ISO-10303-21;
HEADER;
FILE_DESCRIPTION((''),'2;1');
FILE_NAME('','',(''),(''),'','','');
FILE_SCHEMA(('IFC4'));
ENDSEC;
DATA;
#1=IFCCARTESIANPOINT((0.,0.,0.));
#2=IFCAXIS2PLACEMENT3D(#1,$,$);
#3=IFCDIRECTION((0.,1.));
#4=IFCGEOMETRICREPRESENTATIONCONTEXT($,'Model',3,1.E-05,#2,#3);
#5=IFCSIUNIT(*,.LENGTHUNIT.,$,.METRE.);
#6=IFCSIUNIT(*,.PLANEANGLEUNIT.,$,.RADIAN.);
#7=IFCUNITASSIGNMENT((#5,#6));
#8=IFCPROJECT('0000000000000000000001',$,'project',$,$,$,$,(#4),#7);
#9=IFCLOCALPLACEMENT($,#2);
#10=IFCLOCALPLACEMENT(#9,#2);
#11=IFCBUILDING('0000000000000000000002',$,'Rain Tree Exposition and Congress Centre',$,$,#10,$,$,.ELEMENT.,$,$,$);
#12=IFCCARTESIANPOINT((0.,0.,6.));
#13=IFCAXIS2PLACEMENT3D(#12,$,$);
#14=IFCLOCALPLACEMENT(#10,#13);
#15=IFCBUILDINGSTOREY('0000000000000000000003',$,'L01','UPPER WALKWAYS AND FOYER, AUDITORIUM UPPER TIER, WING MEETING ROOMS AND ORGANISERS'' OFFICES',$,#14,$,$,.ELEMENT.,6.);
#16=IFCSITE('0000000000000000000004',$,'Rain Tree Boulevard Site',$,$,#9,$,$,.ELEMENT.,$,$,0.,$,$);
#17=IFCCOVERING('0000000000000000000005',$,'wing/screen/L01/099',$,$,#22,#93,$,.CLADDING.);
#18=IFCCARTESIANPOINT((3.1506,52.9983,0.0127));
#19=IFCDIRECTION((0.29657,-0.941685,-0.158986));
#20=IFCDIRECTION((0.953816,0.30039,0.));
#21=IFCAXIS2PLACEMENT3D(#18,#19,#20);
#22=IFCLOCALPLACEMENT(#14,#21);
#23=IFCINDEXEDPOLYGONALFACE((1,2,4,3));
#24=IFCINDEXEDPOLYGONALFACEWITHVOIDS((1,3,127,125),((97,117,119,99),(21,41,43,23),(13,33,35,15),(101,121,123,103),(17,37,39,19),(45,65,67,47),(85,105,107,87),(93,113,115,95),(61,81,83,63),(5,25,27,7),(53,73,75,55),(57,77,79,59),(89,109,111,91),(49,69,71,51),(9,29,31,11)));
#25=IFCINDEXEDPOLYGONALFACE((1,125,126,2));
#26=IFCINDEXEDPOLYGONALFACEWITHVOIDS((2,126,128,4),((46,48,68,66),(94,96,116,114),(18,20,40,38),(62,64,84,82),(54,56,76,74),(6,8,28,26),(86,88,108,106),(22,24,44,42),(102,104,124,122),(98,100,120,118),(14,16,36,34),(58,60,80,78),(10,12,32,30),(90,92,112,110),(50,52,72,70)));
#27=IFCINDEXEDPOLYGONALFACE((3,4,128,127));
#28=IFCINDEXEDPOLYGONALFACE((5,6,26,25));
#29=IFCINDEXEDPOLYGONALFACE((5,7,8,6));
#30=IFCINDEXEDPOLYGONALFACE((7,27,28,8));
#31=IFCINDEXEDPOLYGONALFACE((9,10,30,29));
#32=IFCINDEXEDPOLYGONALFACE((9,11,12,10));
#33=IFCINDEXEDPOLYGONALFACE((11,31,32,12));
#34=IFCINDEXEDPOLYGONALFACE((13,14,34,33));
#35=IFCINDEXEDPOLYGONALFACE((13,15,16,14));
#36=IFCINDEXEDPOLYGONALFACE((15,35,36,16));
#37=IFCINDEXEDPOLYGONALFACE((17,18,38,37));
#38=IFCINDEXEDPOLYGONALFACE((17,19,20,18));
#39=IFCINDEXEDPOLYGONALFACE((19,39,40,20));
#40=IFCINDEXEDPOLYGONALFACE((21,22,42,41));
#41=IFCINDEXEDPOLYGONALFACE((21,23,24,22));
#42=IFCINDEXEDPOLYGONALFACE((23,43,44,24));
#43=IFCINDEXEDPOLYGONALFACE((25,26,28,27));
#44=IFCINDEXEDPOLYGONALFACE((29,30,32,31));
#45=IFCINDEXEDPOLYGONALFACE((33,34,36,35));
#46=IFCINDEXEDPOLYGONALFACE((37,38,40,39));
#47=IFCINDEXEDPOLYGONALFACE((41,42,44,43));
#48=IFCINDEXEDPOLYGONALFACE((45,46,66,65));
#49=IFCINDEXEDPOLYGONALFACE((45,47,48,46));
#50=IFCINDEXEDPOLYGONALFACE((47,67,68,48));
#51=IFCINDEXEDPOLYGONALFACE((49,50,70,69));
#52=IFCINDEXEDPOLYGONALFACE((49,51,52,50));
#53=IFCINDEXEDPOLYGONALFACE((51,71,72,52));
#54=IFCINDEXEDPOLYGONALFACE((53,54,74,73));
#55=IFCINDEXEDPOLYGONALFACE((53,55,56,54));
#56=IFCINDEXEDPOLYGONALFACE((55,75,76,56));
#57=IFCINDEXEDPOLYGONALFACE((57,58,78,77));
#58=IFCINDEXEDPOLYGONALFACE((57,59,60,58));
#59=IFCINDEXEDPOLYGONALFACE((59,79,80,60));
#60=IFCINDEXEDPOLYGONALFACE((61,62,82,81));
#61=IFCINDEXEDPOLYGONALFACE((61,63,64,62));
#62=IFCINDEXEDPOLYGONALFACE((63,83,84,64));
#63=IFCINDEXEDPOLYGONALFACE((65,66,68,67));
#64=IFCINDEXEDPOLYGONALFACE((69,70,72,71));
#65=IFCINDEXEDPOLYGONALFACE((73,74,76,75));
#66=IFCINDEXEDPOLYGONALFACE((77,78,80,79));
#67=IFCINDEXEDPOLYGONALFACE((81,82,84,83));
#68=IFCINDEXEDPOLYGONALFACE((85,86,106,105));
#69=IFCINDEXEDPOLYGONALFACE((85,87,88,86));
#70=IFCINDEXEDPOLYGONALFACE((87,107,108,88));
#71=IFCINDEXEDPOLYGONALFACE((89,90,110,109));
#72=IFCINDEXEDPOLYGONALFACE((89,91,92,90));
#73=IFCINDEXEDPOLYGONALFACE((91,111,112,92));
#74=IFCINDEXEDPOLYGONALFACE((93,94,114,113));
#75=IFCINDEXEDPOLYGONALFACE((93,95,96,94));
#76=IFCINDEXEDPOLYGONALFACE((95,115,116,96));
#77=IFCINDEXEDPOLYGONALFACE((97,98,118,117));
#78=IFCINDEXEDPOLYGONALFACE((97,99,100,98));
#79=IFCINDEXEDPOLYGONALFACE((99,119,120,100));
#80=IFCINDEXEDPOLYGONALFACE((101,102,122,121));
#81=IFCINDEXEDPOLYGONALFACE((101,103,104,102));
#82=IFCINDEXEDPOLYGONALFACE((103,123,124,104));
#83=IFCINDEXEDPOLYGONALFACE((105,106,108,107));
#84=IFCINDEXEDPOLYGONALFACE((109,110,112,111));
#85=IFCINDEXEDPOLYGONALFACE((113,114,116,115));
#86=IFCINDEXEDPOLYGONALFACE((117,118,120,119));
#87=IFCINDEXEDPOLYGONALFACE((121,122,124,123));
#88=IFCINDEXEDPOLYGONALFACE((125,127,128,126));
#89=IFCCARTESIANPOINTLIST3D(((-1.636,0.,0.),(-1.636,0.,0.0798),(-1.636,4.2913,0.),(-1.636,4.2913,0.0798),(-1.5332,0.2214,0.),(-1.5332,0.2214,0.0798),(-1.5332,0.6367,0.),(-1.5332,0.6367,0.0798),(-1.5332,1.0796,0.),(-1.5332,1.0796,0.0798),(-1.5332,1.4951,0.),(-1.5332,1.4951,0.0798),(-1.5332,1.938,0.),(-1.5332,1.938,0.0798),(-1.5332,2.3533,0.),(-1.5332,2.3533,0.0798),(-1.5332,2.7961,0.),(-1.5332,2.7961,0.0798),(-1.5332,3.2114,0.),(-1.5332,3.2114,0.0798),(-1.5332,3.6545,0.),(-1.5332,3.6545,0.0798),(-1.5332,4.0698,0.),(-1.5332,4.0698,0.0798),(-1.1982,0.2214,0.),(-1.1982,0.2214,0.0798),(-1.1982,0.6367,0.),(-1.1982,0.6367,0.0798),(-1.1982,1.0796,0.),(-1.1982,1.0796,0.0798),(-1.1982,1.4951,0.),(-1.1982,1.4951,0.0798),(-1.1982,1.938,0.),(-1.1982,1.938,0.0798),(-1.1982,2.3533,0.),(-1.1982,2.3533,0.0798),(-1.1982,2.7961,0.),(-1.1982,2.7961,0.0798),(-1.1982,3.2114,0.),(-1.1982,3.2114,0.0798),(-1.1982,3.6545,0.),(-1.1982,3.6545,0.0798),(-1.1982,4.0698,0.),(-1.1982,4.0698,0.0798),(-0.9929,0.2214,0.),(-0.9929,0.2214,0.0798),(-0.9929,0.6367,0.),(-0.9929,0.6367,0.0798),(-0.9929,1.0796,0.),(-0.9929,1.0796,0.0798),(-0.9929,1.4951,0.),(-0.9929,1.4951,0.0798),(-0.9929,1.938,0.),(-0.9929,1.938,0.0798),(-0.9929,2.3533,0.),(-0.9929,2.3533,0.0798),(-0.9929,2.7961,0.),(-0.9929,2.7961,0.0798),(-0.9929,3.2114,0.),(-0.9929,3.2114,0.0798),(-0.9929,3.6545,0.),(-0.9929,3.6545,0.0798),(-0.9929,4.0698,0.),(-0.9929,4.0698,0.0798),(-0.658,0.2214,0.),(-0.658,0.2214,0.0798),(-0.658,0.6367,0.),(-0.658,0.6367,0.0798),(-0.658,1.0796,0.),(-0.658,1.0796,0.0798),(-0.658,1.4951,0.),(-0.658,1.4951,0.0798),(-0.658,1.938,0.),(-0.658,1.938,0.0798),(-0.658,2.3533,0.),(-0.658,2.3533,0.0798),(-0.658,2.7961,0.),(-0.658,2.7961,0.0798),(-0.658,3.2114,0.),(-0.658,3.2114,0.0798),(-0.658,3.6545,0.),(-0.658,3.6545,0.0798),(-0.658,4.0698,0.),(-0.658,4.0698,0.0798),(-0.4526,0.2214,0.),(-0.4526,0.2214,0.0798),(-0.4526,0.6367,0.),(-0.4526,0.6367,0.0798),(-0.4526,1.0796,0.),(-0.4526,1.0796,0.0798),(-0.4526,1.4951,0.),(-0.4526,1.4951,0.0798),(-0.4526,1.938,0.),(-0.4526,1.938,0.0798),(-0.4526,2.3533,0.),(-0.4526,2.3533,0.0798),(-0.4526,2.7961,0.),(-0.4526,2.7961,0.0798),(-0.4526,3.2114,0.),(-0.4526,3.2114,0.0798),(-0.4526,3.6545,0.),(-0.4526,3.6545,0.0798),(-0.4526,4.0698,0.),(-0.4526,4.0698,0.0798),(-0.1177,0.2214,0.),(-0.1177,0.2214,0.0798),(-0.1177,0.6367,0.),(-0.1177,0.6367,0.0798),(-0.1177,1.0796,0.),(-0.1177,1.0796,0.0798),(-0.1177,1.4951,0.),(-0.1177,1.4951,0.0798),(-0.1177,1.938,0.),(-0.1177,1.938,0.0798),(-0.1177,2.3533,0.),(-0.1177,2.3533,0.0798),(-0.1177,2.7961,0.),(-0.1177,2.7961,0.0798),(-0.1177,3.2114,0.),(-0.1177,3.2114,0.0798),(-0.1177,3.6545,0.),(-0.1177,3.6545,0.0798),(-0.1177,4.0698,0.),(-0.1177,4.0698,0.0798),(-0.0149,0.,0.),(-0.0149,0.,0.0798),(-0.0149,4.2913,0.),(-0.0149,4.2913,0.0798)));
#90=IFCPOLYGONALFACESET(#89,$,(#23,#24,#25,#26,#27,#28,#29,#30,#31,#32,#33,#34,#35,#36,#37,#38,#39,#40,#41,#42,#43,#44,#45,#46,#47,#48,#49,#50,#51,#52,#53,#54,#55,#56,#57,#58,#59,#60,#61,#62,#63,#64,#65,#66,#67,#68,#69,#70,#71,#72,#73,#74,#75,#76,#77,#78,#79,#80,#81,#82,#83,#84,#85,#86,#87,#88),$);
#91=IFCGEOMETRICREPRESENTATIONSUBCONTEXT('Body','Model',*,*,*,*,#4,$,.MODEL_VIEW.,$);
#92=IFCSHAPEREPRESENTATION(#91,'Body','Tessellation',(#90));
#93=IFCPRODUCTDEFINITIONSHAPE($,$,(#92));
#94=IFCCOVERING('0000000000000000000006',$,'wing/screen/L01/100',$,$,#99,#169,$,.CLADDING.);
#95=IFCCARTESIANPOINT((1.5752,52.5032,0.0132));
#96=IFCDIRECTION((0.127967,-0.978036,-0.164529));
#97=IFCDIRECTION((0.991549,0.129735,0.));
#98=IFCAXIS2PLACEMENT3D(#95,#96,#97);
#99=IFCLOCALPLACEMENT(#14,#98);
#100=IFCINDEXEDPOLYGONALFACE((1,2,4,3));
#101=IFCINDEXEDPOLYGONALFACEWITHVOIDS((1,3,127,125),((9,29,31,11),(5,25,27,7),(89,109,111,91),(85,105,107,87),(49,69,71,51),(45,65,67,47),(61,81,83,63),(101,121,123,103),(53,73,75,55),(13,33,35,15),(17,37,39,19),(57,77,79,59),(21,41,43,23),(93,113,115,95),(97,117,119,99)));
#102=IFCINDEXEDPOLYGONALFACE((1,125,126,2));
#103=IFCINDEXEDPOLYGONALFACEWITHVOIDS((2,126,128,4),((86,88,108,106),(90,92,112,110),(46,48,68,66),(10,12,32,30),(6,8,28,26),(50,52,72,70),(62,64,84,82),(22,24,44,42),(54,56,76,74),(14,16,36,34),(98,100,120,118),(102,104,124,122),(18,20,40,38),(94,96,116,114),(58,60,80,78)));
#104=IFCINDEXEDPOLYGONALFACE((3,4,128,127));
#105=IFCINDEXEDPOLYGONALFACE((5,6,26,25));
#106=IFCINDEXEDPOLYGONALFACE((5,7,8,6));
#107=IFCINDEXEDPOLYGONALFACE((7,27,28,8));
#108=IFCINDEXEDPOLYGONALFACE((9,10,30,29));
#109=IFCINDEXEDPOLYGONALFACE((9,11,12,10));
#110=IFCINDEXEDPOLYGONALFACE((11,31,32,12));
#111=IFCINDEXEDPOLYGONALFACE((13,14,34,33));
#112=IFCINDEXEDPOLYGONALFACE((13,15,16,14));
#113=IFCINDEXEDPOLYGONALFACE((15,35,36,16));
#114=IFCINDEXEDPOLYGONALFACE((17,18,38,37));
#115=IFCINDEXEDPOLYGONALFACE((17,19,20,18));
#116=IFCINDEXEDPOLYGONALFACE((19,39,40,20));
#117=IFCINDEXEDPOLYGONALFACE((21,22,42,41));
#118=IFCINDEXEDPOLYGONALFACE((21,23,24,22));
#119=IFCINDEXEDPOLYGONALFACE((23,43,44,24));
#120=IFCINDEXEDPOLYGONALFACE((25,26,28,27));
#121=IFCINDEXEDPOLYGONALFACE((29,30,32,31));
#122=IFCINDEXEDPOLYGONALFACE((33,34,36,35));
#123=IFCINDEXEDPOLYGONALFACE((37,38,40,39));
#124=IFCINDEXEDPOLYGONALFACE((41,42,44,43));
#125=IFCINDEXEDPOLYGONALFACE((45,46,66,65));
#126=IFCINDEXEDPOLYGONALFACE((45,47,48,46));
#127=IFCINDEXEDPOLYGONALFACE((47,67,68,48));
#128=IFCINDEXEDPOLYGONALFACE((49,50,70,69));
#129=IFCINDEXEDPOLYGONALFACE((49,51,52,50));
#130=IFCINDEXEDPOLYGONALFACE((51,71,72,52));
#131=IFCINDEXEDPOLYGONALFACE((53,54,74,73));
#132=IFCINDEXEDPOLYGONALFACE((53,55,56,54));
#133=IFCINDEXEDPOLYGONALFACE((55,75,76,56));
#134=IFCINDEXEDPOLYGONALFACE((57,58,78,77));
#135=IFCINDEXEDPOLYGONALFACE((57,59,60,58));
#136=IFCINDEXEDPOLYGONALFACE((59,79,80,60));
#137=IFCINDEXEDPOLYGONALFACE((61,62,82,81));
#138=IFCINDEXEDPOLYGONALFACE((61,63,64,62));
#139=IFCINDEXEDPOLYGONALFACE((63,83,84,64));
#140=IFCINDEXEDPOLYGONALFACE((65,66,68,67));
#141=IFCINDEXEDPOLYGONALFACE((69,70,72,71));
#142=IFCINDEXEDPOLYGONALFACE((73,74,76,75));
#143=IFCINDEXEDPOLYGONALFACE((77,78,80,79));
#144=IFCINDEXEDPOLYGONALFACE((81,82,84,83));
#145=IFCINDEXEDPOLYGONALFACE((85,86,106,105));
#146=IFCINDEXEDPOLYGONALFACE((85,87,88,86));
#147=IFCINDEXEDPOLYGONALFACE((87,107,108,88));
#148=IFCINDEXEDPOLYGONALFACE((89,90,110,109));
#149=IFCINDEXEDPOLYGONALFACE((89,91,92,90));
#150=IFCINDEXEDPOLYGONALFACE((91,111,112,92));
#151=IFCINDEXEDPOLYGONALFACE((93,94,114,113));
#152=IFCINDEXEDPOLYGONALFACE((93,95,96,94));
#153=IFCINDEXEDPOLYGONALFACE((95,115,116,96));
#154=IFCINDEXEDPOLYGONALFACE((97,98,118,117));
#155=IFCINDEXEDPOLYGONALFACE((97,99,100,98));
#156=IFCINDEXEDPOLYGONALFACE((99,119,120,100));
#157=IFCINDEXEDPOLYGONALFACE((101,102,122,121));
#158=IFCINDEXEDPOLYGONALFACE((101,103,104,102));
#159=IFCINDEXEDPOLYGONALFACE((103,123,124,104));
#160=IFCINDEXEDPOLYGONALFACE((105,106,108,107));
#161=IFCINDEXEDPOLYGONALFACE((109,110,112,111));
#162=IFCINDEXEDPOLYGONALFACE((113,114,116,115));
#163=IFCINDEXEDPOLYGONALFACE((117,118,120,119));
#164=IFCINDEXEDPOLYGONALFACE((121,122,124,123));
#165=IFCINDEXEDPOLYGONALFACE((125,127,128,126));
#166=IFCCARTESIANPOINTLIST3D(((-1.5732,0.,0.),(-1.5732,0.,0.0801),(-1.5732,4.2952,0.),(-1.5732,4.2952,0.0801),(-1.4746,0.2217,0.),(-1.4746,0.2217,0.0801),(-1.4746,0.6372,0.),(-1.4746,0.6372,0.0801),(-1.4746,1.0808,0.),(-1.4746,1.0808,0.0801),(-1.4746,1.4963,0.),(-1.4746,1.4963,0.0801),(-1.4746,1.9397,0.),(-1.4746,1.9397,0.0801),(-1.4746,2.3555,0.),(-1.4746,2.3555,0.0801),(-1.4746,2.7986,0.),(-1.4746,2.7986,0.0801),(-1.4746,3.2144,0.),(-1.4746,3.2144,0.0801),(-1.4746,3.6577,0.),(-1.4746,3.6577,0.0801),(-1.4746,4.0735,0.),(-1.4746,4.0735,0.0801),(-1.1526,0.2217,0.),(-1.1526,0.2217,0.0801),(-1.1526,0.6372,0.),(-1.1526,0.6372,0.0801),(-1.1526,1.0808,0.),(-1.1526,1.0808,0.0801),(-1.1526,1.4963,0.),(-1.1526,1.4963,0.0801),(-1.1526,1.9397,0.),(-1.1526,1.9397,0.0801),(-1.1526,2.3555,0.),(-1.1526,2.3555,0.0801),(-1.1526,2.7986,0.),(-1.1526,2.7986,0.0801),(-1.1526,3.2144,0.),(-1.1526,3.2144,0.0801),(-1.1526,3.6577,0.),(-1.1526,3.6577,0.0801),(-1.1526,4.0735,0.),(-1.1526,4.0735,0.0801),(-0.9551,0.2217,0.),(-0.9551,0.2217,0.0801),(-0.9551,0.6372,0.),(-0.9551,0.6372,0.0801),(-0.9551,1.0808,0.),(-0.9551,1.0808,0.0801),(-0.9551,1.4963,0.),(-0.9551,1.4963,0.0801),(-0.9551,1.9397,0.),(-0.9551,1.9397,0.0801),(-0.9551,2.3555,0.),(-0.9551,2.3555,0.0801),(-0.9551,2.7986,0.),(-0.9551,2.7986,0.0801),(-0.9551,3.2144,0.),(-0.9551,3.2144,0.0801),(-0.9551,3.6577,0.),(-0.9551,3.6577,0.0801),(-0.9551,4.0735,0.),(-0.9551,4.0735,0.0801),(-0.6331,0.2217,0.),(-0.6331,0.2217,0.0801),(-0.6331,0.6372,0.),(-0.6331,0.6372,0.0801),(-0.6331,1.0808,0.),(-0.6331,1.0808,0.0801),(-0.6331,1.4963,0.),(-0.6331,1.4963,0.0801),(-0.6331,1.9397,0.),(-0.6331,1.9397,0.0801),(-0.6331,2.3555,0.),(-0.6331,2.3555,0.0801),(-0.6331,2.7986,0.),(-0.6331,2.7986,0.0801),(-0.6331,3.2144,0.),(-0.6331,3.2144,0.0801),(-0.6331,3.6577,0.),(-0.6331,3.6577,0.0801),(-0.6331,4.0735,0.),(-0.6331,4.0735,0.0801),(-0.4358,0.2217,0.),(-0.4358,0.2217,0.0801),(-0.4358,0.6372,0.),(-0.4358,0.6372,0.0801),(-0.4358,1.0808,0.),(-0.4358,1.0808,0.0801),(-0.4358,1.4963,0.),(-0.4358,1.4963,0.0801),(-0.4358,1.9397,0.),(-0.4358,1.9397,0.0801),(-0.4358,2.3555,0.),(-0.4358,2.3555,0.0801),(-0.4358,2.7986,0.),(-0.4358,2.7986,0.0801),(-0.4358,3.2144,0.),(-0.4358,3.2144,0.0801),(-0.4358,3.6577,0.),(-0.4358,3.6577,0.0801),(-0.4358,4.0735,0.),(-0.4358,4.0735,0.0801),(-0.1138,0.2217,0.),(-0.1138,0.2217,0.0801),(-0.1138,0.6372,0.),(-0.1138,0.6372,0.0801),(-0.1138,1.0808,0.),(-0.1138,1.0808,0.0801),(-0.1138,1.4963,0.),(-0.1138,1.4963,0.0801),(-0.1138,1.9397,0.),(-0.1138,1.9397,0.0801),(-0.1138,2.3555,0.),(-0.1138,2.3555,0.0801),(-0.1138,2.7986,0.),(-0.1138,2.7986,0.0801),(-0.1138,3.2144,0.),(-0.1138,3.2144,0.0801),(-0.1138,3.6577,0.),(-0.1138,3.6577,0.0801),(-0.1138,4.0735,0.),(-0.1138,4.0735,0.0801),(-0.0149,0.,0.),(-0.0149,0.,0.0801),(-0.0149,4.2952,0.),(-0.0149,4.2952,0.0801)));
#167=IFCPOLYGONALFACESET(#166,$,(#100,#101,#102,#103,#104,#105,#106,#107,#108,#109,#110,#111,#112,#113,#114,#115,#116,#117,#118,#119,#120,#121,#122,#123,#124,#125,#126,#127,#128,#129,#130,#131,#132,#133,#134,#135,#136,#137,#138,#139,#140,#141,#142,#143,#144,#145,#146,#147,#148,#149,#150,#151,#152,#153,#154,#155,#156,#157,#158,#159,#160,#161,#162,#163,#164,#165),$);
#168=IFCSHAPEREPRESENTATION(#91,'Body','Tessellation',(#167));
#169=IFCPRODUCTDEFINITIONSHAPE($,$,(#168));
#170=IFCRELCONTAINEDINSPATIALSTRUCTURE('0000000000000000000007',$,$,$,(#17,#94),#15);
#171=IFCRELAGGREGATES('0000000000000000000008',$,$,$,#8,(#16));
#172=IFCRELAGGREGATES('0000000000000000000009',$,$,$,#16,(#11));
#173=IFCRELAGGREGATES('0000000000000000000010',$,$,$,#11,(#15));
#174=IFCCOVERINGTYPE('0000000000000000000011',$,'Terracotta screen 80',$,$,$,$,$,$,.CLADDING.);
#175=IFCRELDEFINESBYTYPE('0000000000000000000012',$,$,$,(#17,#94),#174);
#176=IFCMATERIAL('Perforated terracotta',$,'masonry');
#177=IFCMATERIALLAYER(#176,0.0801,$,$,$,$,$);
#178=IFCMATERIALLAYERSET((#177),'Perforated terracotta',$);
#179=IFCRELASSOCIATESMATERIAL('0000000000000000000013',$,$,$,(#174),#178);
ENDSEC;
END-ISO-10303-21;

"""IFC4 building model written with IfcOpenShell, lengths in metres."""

from ifc_helpers import new_model, si_unit, direction, frame, origin, place, context, subcontext, project, spatial, polyline, outline, extrude, material, layer, layer_set, type_object, element, save


model = new_model("IFC4")

# Units and contexts
model_context = context("Model", 3, precision=1e-05, world=origin(), true_north=direction((0.0, 1.0)))
body_context = subcontext(model_context, "Body", "Model", "MODEL_VIEW")
ifc_project = project(units=[si_unit("LENGTHUNIT", "METRE"), si_unit("PLANEANGLEUNIT", "RADIAN")], contexts=[model_context])

# Site, building, storey
site_placement = place(None, origin())
site = spatial("IfcSite", under=ifc_project, at=site_placement, Name="Rain Tree Boulevard Site", CompositionType="ELEMENT", RefElevation=0.0)
building_placement = place(site_placement, origin())
building = spatial("IfcBuilding", under=site, at=building_placement, Name="Rain Tree Exposition and Congress Centre", CompositionType="ELEMENT")
storey_placement = place(building_placement, frame((0.0, 0.0, 6.0)))
storey = spatial("IfcBuildingStorey", under=building, at=storey_placement, Name="L01", Description="UPPER WALKWAYS AND FOYER, AUDITORIUM UPPER TIER, WING MEETING ROOMS AND ORGANISERS' OFFICES", CompositionType="ELEMENT", Elevation=6.0)

# Coverings
ifc_material_1 = material(Name="Perforated terracotta", Category="masonry")
ifc_layer = layer(ifc_material_1, 0.0801)
ifc_layer_set = layer_set([ifc_layer], Name="Perforated terracotta")
covering_type = type_object("IfcCoveringType", Name="Terracotta screen 80", PredefinedType="CLADDING", material=ifc_layer_set)
covering_1_placement = place(storey_placement, frame((3.1506, 52.9983, 0.0127), z_axis=(0.29657, -0.941685, -0.158986), x_axis=(0.953816, 0.30039, 0.0)))
element("IfcCovering", 1, at=covering_1_placement, inside=storey, type_object=covering_type, Name="wing/screen/L01/099", PredefinedType="CLADDING", context=body_context, shape_type="SweptSolid", body=[
    extrude(outline(polyline([(-1.636, 0.0), (-1.636, 4.2913), (-0.0149, 4.2913), (-0.0149, 0.0), (-1.636, 0.0)]), holes=[polyline([(-0.1177, 0.2214), (-0.1177, 0.6367), (-0.4526, 0.6367), (-0.4526, 0.2214), (-0.1177, 0.2214)]), polyline([(-0.1177, 1.0796), (-0.1177, 1.4951), (-0.4526, 1.4951), (-0.4526, 1.0796), (-0.1177, 1.0796)]), polyline([(-0.1177, 1.938), (-0.1177, 2.3533), (-0.4526, 2.3533), (-0.4526, 1.938), (-0.1177, 1.938)]), polyline([(-0.1177, 2.7961), (-0.1177, 3.2114), (-0.4526, 3.2114), (-0.4526, 2.7961), (-0.1177, 2.7961)]), polyline([(-0.1177, 3.6545), (-0.1177, 4.0698), (-0.4526, 4.0698), (-0.4526, 3.6545), (-0.1177, 3.6545)]), polyline([(-0.658, 0.2214), (-0.658, 0.6367), (-0.9929, 0.6367), (-0.9929, 0.2214), (-0.658, 0.2214)]), polyline([(-0.658, 1.0796), (-0.658, 1.4951), (-0.9929, 1.4951), (-0.9929, 1.0796), (-0.658, 1.0796)]), polyline([(-0.658, 1.938), (-0.658, 2.3533), (-0.9929, 2.3533), (-0.9929, 1.938), (-0.658, 1.938)]), polyline([(-0.658, 2.7961), (-0.658, 3.2114), (-0.9929, 3.2114), (-0.9929, 2.7961), (-0.658, 2.7961)]), polyline([(-0.658, 3.6545), (-0.658, 4.0698), (-0.9929, 4.0698), (-0.9929, 3.6545), (-0.658, 3.6545)]), polyline([(-1.1982, 0.2214), (-1.1982, 0.6367), (-1.5332, 0.6367), (-1.5332, 0.2214), (-1.1982, 0.2214)]), polyline([(-1.1982, 1.0796), (-1.1982, 1.4951), (-1.5332, 1.4951), (-1.5332, 1.0796), (-1.1982, 1.0796)]), polyline([(-1.1982, 1.938), (-1.1982, 2.3533), (-1.5332, 2.3533), (-1.5332, 1.938), (-1.1982, 1.938)]), polyline([(-1.1982, 2.7961), (-1.1982, 3.2114), (-1.5332, 3.2114), (-1.5332, 2.7961), (-1.1982, 2.7961)]), polyline([(-1.1982, 3.6545), (-1.1982, 4.0698), (-1.5332, 4.0698), (-1.5332, 3.6545), (-1.1982, 3.6545)])]), origin(), (0.0, 0.0, 1.0), 0.0798),
])
covering_2_placement = place(storey_placement, frame((1.5752, 52.5032, 0.0132), z_axis=(0.127967, -0.978036, -0.164529), x_axis=(0.991549, 0.129735, 0.0)))
element("IfcCovering", 2, at=covering_2_placement, inside=storey, type_object=covering_type, Name="wing/screen/L01/100", PredefinedType="CLADDING", context=body_context, shape_type="SweptSolid", body=[
    extrude(outline(polyline([(-1.5732, 0.0), (-1.5732, 4.2952), (-0.0149, 4.2952), (-0.0149, 0.0), (-1.5732, 0.0)]), holes=[polyline([(-0.1138, 0.2217), (-0.1138, 0.6372), (-0.4358, 0.6372), (-0.4358, 0.2217), (-0.1138, 0.2217)]), polyline([(-0.1138, 1.0808), (-0.1138, 1.4963), (-0.4358, 1.4963), (-0.4358, 1.0808), (-0.1138, 1.0808)]), polyline([(-0.1138, 1.9397), (-0.1138, 2.3555), (-0.4358, 2.3555), (-0.4358, 1.9397), (-0.1138, 1.9397)]), polyline([(-0.1138, 2.7986), (-0.1138, 3.2144), (-0.4358, 3.2144), (-0.4358, 2.7986), (-0.1138, 2.7986)]), polyline([(-0.1138, 3.6577), (-0.1138, 4.0735), (-0.4358, 4.0735), (-0.4358, 3.6577), (-0.1138, 3.6577)]), polyline([(-0.6331, 0.2217), (-0.6331, 0.6372), (-0.9551, 0.6372), (-0.9551, 0.2217), (-0.6331, 0.2217)]), polyline([(-0.6331, 1.0808), (-0.6331, 1.4963), (-0.9551, 1.4963), (-0.9551, 1.0808), (-0.6331, 1.0808)]), polyline([(-0.6331, 1.9397), (-0.6331, 2.3555), (-0.9551, 2.3555), (-0.9551, 1.9397), (-0.6331, 1.9397)]), polyline([(-0.6331, 2.7986), (-0.6331, 3.2144), (-0.9551, 3.2144), (-0.9551, 2.7986), (-0.6331, 2.7986)]), polyline([(-0.6331, 3.6577), (-0.6331, 4.0735), (-0.9551, 4.0735), (-0.9551, 3.6577), (-0.6331, 3.6577)]), polyline([(-1.1526, 0.2217), (-1.1526, 0.6372), (-1.4746, 0.6372), (-1.4746, 0.2217), (-1.1526, 0.2217)]), polyline([(-1.1526, 1.0808), (-1.1526, 1.4963), (-1.4746, 1.4963), (-1.4746, 1.0808), (-1.1526, 1.0808)]), polyline([(-1.1526, 1.9397), (-1.1526, 2.3555), (-1.4746, 2.3555), (-1.4746, 1.9397), (-1.1526, 1.9397)]), polyline([(-1.1526, 2.7986), (-1.1526, 3.2144), (-1.4746, 3.2144), (-1.4746, 2.7986), (-1.1526, 2.7986)]), polyline([(-1.1526, 3.6577), (-1.1526, 4.0735), (-1.4746, 4.0735), (-1.4746, 3.6577), (-1.1526, 3.6577)])]), origin(), (0.0, 0.0, 1.0), 0.0801),
])

save(model, "model.ifc")
